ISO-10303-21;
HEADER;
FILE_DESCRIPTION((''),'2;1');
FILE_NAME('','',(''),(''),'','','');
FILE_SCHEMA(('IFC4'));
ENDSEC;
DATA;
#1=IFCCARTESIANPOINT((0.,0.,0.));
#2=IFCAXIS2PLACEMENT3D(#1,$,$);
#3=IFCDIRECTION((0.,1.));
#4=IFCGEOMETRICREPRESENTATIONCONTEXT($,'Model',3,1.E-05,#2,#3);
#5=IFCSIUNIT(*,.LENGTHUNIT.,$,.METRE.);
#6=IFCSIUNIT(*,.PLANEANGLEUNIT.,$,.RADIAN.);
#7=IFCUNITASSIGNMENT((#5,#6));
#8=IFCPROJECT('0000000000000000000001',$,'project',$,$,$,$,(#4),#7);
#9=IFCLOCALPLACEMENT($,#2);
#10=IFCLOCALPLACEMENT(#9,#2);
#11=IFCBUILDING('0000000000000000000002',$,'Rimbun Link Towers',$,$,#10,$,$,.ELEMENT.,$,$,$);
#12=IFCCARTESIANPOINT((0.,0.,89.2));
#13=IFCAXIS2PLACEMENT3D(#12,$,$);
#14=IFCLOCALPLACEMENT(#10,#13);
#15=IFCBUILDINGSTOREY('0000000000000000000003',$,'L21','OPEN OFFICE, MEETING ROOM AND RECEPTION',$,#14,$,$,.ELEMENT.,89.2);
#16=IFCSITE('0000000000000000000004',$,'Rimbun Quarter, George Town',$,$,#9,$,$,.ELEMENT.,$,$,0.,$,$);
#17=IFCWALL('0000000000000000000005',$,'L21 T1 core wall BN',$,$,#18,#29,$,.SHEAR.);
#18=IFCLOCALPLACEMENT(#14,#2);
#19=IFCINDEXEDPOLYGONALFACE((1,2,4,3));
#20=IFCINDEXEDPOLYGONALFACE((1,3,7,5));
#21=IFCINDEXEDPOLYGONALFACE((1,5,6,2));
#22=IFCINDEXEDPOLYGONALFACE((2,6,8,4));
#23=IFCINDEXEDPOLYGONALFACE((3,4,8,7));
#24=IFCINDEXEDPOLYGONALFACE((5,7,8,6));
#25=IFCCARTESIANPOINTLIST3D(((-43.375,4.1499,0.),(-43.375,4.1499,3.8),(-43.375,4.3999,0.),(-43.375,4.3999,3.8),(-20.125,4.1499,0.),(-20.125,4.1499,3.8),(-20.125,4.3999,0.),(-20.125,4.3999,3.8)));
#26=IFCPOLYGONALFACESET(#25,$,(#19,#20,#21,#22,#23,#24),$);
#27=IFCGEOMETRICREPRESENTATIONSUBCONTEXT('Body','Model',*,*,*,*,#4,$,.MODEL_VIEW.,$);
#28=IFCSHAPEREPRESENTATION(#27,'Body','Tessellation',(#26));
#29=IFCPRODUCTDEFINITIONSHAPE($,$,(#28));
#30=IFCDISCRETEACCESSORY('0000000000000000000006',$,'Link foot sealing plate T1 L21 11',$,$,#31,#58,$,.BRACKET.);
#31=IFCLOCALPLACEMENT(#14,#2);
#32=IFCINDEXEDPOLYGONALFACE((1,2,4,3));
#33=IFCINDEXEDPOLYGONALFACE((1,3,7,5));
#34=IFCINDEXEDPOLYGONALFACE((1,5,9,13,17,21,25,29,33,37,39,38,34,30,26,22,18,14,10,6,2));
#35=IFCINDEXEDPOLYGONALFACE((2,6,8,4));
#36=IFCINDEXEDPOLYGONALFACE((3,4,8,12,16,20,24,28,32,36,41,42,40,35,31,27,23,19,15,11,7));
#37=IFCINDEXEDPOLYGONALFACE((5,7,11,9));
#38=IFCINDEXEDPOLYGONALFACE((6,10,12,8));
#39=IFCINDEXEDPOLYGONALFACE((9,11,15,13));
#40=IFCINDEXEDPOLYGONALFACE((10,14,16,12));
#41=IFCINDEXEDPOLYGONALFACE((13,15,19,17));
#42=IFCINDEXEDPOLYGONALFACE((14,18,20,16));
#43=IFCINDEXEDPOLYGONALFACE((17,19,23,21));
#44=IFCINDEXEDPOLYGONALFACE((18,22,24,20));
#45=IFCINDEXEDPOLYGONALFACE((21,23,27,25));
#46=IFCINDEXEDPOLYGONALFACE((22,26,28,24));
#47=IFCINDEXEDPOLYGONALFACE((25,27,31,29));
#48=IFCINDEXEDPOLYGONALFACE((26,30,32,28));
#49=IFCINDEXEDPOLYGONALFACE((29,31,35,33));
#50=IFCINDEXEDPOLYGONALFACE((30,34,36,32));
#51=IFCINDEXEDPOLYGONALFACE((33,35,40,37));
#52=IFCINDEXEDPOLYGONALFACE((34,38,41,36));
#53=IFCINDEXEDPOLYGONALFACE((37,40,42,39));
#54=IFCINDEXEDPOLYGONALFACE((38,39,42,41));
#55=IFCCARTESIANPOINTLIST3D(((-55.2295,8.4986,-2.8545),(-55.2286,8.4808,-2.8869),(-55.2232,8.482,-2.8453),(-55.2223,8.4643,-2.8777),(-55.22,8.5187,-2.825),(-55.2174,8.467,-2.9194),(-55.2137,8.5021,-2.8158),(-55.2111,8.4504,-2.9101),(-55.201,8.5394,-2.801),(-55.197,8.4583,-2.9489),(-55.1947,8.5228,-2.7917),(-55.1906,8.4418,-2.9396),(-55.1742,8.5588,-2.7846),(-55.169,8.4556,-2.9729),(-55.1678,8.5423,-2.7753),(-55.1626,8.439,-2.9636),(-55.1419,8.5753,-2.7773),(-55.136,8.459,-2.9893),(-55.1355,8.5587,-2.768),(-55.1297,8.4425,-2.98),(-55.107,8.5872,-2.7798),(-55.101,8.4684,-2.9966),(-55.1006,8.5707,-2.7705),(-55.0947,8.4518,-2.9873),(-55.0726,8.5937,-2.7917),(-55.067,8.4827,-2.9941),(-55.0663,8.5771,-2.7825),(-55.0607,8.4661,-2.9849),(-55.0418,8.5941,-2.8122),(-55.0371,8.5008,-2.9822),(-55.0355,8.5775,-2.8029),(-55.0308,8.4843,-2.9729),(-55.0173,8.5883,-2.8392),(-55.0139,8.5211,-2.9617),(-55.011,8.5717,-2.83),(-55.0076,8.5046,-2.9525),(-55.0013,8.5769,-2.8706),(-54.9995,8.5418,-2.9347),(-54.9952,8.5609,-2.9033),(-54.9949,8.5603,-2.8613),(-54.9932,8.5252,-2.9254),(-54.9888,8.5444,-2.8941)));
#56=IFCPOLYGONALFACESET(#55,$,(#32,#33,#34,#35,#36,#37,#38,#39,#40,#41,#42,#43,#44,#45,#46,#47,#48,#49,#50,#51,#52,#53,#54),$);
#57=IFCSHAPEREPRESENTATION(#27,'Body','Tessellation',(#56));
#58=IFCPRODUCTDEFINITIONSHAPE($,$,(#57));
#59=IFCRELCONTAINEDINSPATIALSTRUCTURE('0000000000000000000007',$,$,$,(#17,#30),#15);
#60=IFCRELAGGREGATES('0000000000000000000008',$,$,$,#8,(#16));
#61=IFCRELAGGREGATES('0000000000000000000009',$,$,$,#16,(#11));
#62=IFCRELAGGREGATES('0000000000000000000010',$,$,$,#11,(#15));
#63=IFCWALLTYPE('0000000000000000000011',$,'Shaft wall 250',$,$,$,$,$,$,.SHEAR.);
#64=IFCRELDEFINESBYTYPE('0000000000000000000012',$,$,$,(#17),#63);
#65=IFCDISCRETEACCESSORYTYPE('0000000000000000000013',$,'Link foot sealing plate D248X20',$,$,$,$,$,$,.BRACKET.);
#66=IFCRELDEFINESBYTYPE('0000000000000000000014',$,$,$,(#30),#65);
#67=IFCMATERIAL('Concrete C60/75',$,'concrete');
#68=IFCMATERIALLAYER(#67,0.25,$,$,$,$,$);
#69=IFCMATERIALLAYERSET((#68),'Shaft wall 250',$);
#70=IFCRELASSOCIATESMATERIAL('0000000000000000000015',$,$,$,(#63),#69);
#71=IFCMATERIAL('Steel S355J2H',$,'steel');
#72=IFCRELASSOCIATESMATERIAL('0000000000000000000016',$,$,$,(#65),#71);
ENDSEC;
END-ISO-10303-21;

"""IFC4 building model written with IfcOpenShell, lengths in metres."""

from ifc_helpers import new_model, si_unit, direction, frame, frame_2d, origin, origin_2d, place, context, subcontext, project, spatial, rectangle, circle, extrude, material, layer, layer_set, material_profile, profile_set, type_object, element, save


model = new_model("IFC4")

# Units and contexts
model_context = context("Model", 3, precision=1e-05, world=origin(), true_north=direction((0.0, 1.0)))
body_context = subcontext(model_context, "Body", "Model", "MODEL_VIEW")
ifc_project = project(units=[si_unit("LENGTHUNIT", "METRE"), si_unit("PLANEANGLEUNIT", "RADIAN")], contexts=[model_context])

# Site, building, storey
site_placement = place(None, origin())
site = spatial("IfcSite", under=ifc_project, at=site_placement, Name="Rimbun Quarter, George Town", CompositionType="ELEMENT", RefElevation=0.0)
building_placement = place(site_placement, origin())
building = spatial("IfcBuilding", under=site, at=building_placement, Name="Rimbun Link Towers", CompositionType="ELEMENT")
storey_placement = place(building_placement, frame((0.0, 0.0, 89.2)))
storey = spatial("IfcBuildingStorey", under=building, at=storey_placement, Name="L21", Description="OPEN OFFICE, MEETING ROOM AND RECEPTION", CompositionType="ELEMENT", Elevation=89.2)

# Wall
ifc_material_1 = material(Name="Concrete C60/75", Category="concrete")
ifc_layer_1 = layer(ifc_material_1, 0.25)
ifc_layer_set_1 = layer_set([ifc_layer_1], Name="Shaft wall 250")
wall_type_1 = type_object("IfcWallType", Name="Shaft wall 250", PredefinedType="SHEAR", material=ifc_layer_set_1)
wall_1_placement = place(storey_placement, frame((-43.375, 4.2749, 0.0), z_axis=(0.0, 0.0, 1.0), x_axis=(1.0, 0.0, 0.0)))
element("IfcWall", 1, at=wall_1_placement, inside=storey, type_object=wall_type_1, Name="L21 T1 core wall BN", PredefinedType="SHEAR", context=body_context, shape_type="SweptSolid", body=[
    extrude(rectangle(XDim=23.25, YDim=0.25, at=frame_2d((11.625, 0.0))), origin(), (0.0, 0.0, 1.0), 3.8),
])

# Discrete accessory
ifc_material_2 = material(Name="Steel S355J2H", Category="steel")
ifc_material_profile_1 = material_profile(ifc_material_2, circle(Radius=0.124, at=origin_2d()), Name="PL D248")
ifc_profile_set_1 = profile_set([ifc_material_profile_1], Name="Steel S355J2H")
discrete_accessory_type = type_object("IfcDiscreteAccessoryType", Name="Link foot sealing plate D248X20", PredefinedType="BRACKET", material=ifc_profile_set_1)
discrete_accessory_placement = place(storey_placement, frame((-55.1064, 8.5085, -2.8777), z_axis=(-0.316603, 0.828038, -0.462727), x_axis=(-0.934052, -0.357137, 0.0)))
element("IfcDiscreteAccessory", 2, at=discrete_accessory_placement, inside=storey, type_object=discrete_accessory_type, Name="Link foot sealing plate T1 L21 11", PredefinedType="BRACKET", context=body_context, shape_type="SweptSolid", body=[
    extrude(circle(Radius=0.124, at=origin_2d()), origin(), (0.0, 0.0, 1.0), 0.02),
])

save(model, "model.ifc")
